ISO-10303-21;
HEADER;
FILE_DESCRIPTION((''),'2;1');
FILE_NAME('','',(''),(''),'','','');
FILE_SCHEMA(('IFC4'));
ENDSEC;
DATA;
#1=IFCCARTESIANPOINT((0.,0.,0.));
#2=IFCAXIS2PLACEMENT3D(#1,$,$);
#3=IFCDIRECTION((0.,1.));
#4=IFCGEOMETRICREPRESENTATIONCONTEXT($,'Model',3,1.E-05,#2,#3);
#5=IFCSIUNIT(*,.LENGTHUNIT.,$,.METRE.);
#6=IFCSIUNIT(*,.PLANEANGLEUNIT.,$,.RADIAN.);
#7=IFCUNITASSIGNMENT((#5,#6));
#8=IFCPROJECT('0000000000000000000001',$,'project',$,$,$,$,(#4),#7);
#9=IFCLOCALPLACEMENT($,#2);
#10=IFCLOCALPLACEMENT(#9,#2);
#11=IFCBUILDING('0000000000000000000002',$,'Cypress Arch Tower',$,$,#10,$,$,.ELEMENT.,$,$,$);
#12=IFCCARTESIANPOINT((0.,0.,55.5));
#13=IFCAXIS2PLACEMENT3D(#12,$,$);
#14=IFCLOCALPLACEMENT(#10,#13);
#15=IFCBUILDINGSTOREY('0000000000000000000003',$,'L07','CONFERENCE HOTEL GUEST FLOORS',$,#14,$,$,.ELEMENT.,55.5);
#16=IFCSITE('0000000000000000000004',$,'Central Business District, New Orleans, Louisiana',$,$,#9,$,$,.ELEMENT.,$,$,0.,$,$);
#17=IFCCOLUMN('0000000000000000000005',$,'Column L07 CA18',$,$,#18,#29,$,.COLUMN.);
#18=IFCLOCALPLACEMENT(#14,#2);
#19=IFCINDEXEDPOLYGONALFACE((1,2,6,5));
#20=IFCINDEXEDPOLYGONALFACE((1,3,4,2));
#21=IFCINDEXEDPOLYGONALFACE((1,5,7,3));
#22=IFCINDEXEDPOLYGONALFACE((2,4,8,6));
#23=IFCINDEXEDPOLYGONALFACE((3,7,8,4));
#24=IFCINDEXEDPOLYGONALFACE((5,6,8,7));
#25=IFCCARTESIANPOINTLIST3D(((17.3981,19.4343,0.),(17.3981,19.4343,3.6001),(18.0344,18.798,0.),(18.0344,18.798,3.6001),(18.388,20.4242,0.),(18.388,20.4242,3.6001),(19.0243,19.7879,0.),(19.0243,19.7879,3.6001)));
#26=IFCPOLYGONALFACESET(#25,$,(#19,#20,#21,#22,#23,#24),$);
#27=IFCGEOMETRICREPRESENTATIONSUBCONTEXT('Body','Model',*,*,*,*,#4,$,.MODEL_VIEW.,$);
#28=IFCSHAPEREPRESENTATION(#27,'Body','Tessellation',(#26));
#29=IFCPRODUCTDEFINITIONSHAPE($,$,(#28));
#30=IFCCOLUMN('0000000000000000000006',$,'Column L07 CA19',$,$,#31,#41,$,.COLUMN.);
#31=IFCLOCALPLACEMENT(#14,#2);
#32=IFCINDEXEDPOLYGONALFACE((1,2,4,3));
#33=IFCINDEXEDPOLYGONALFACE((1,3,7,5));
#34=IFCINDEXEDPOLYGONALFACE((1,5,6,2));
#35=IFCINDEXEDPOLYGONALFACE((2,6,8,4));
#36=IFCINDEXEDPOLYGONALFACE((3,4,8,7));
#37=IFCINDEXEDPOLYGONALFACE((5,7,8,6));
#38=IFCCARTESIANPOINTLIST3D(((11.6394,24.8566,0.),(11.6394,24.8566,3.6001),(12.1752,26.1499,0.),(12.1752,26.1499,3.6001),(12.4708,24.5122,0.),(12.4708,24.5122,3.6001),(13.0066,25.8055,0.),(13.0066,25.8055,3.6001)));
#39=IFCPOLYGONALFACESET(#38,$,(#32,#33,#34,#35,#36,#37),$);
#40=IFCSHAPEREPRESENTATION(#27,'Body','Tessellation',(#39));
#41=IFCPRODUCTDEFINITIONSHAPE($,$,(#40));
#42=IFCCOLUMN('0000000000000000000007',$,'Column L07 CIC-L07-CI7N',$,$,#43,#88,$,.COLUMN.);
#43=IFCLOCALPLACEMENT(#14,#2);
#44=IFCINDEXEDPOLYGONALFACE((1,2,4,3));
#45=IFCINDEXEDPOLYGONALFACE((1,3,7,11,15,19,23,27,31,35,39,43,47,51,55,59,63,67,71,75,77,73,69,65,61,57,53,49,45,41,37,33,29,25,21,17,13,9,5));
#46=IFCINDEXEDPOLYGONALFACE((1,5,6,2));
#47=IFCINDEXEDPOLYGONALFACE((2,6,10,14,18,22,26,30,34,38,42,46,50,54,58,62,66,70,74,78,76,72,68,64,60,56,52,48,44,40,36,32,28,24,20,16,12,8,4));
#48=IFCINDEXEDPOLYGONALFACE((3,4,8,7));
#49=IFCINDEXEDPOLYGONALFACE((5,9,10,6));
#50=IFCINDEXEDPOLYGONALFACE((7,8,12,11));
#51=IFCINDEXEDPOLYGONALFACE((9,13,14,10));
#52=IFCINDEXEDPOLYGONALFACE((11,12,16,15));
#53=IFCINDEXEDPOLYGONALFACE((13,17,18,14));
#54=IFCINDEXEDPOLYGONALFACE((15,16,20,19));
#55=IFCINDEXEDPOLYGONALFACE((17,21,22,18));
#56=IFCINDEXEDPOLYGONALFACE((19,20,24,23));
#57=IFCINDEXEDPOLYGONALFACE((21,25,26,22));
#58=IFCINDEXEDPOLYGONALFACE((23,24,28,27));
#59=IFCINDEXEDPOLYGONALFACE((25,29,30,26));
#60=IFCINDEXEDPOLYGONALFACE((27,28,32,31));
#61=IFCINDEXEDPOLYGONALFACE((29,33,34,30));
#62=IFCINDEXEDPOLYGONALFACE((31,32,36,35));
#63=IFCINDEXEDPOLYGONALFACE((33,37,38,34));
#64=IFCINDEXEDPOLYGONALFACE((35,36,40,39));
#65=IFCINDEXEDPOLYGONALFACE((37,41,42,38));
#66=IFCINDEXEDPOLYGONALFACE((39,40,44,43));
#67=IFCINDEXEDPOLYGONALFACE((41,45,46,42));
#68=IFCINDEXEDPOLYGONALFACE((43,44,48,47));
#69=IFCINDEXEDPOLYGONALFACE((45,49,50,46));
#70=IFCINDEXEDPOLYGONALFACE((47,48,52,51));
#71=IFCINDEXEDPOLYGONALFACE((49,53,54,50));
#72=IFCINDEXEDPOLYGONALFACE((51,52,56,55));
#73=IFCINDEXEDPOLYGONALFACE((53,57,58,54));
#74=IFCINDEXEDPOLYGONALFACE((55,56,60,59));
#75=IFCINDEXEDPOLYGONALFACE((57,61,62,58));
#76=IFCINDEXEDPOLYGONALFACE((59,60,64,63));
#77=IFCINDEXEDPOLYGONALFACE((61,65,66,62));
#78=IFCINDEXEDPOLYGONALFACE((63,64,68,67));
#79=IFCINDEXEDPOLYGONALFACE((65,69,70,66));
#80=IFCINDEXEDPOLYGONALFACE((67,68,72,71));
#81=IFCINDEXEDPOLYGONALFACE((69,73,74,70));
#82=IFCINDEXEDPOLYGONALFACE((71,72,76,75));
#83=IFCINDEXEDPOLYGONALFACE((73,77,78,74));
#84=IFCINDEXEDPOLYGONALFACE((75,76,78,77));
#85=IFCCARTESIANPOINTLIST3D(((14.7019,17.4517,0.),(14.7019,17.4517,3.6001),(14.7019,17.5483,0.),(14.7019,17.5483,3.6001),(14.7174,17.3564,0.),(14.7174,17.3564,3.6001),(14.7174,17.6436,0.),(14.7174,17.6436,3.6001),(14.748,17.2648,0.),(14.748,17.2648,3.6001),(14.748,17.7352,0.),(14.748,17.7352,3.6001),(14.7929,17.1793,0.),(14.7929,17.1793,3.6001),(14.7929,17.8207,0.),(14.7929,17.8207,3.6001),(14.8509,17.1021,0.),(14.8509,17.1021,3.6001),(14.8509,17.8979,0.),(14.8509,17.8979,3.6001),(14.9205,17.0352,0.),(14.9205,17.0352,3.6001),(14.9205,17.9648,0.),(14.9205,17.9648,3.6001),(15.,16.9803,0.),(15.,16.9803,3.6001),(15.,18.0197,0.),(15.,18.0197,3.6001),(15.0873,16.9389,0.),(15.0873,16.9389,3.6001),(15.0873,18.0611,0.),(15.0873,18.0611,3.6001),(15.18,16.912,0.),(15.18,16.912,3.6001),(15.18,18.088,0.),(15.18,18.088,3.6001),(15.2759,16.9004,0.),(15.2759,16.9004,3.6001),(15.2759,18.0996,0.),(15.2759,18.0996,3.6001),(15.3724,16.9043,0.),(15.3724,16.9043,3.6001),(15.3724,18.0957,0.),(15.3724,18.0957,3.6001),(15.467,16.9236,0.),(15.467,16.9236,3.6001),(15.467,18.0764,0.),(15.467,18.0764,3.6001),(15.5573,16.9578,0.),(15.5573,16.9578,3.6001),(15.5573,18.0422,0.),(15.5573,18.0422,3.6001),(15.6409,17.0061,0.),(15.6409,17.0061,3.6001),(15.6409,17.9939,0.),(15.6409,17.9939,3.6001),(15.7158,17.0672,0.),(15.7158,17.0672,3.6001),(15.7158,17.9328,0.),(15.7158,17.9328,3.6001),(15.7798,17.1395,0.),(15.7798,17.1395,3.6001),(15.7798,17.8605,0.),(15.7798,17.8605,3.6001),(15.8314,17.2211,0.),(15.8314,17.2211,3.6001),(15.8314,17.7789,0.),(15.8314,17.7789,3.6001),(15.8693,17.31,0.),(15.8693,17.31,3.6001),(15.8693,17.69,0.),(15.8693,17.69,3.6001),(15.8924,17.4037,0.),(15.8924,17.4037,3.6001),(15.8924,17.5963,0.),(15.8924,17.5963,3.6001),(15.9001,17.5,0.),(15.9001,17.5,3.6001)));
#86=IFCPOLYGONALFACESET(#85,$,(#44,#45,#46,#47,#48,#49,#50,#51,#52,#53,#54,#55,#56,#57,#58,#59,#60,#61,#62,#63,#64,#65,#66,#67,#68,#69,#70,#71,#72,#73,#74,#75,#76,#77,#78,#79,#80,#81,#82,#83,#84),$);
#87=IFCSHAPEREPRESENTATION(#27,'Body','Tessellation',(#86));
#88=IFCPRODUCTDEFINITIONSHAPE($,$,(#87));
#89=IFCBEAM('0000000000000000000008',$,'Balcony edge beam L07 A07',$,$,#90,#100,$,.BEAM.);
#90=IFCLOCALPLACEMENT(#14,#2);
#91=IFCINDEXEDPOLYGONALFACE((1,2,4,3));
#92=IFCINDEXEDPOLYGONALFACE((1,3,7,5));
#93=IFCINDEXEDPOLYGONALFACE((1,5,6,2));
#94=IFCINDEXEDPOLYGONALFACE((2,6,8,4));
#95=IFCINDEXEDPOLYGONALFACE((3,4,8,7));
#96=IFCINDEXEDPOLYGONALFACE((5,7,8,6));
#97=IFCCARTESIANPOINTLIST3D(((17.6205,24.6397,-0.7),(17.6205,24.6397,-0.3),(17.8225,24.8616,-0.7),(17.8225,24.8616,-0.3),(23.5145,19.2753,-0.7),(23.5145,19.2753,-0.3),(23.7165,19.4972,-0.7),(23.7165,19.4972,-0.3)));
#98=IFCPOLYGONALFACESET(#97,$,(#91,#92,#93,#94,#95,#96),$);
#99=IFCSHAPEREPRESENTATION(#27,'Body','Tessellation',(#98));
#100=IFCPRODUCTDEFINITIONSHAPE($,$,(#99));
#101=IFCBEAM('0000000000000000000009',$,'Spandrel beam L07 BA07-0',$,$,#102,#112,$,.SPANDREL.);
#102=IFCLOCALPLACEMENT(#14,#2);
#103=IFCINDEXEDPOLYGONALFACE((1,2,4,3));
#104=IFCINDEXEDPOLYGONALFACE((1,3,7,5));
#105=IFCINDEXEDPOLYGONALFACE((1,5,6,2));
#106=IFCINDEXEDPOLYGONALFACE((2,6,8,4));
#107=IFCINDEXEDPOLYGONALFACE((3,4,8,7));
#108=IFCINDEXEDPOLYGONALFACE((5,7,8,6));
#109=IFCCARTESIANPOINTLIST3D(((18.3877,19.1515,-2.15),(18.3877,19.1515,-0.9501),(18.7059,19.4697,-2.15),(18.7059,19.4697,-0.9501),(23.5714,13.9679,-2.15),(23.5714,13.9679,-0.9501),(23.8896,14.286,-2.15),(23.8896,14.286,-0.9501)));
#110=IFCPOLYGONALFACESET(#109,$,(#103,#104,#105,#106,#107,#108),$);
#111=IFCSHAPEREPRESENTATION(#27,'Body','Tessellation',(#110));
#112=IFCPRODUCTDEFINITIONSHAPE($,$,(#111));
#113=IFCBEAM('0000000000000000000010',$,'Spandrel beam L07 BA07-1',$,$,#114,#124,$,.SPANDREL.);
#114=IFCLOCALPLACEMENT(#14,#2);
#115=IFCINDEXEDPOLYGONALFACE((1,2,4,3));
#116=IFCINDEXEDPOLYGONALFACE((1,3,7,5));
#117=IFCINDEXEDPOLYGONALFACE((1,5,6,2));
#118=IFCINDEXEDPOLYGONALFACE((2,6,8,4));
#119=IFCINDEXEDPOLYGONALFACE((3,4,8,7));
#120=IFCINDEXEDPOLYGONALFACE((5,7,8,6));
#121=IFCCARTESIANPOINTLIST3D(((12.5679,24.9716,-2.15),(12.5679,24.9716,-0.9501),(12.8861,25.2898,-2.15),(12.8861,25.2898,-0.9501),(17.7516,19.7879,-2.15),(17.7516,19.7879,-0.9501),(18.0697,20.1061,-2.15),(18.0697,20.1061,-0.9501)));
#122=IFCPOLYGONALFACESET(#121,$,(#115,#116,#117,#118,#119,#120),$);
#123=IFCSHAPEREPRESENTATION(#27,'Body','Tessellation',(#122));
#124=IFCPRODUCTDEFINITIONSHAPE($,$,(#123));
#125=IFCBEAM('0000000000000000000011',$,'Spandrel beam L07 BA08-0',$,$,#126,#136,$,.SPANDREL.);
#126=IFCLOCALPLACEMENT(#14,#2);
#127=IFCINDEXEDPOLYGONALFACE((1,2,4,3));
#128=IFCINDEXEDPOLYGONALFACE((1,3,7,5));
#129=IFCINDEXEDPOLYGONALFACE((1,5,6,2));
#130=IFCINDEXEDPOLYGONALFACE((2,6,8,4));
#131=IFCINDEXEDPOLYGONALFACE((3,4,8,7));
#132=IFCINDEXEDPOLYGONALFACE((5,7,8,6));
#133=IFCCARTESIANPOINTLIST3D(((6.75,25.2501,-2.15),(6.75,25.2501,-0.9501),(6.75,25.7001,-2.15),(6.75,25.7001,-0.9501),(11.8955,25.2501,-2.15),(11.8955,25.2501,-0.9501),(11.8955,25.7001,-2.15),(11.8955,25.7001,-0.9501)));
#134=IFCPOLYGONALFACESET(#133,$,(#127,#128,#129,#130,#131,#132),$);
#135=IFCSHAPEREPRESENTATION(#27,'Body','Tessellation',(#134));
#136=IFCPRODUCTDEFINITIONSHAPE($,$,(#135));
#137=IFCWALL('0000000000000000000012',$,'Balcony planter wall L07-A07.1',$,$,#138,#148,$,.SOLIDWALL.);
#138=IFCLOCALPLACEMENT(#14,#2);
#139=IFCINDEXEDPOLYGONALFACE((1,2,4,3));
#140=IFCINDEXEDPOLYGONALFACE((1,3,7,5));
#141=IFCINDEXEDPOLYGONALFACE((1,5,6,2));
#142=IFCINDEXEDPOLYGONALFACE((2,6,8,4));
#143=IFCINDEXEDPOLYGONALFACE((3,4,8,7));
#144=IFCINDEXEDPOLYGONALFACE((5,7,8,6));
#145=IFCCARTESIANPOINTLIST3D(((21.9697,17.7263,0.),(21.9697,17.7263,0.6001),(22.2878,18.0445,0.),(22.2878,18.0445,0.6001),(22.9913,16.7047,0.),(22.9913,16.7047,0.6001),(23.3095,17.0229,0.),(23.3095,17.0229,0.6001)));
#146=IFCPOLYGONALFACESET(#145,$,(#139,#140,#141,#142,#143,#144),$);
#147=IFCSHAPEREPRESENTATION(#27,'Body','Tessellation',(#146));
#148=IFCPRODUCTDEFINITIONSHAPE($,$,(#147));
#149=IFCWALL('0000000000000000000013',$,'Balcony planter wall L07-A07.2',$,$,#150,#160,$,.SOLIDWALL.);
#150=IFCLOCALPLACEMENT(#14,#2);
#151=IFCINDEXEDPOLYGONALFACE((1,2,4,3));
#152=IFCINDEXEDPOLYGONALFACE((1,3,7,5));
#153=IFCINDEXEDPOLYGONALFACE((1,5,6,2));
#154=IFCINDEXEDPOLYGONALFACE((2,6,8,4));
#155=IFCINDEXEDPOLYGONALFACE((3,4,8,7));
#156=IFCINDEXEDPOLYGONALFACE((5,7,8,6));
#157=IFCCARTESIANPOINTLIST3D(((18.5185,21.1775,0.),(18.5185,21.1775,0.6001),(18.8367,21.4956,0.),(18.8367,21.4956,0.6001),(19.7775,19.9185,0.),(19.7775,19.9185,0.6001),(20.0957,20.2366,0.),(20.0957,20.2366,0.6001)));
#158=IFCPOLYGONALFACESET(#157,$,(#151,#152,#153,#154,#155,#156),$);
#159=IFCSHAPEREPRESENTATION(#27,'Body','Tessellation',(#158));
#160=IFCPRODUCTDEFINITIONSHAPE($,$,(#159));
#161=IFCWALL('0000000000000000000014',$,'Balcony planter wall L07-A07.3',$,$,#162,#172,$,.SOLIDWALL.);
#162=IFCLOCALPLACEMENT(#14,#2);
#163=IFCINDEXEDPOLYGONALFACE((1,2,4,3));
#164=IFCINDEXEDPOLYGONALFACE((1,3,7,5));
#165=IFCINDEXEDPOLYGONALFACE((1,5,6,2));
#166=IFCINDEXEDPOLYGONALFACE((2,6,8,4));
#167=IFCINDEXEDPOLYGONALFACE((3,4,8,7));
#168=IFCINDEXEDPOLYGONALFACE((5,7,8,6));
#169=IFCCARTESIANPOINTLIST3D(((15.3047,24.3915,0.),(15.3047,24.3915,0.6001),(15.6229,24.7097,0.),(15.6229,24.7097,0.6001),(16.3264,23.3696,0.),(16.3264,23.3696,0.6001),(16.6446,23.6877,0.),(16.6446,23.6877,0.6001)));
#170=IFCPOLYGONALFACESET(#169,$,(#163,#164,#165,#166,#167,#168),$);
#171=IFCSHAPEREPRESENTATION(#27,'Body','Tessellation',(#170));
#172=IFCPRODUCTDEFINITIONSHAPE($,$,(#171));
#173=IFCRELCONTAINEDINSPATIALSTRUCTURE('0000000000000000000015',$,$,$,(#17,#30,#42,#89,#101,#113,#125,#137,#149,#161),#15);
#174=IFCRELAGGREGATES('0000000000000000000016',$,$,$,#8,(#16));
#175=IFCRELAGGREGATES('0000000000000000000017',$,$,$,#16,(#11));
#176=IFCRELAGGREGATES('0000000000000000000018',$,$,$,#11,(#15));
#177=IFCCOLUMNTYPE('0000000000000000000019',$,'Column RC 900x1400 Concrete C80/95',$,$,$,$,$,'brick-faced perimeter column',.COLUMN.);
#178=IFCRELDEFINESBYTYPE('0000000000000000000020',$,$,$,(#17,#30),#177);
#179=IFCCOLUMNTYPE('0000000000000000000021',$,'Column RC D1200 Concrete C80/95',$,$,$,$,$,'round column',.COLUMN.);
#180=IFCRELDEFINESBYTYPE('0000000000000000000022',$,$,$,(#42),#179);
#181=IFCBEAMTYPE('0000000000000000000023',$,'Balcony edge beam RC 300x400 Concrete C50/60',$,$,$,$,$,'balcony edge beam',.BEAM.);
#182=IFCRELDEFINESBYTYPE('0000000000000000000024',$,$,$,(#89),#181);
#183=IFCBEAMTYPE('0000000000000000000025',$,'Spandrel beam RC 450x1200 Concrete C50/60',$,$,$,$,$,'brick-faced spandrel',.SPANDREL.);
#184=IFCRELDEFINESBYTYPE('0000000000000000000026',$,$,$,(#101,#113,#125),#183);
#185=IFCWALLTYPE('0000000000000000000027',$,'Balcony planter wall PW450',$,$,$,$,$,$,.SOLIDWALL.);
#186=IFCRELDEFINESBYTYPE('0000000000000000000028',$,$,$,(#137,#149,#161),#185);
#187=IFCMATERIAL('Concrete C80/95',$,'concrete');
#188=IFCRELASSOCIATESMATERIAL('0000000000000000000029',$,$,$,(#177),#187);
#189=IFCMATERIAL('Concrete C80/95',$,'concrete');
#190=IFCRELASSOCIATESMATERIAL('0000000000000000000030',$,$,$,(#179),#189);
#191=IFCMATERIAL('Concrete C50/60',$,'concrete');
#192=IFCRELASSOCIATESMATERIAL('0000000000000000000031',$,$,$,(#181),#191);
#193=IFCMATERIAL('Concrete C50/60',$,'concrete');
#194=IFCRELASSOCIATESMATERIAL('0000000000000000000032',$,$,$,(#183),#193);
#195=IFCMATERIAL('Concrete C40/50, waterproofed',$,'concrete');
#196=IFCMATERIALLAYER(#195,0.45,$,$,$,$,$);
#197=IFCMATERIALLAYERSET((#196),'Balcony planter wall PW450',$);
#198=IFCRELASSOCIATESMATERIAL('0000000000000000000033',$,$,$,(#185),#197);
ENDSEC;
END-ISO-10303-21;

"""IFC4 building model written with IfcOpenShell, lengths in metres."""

from ifc_helpers import new_model, si_unit, direction, frame, frame_2d, origin, origin_2d, place, context, subcontext, project, spatial, rectangle, circle, extrude, material, layer, layer_set, material_profile, profile_set, type_object, element, save


model = new_model("IFC4")

# Units and contexts
model_context = context("Model", 3, precision=1e-05, world=origin(), true_north=direction((0.0, 1.0)))
body_context = subcontext(model_context, "Body", "Model", "MODEL_VIEW")
ifc_project = project(units=[si_unit("LENGTHUNIT", "METRE"), si_unit("PLANEANGLEUNIT", "RADIAN")], contexts=[model_context])

# Site, building, storey
site_placement = place(None, origin())
site = spatial("IfcSite", under=ifc_project, at=site_placement, Name="Central Business District, New Orleans, Louisiana", CompositionType="ELEMENT", RefElevation=0.0)
building_placement = place(site_placement, origin())
building = spatial("IfcBuilding", under=site, at=building_placement, Name="Cypress Arch Tower", CompositionType="ELEMENT")
storey_placement = place(building_placement, frame((0.0, 0.0, 55.5)))
storey = spatial("IfcBuildingStorey", under=building, at=storey_placement, Name="L07", Description="CONFERENCE HOTEL GUEST FLOORS", CompositionType="ELEMENT", Elevation=55.5)

# Columns
ifc_material_1 = material(Name="Concrete C80/95", Category="concrete")
ifc_material_profile_1 = material_profile(ifc_material_1, rectangle(XDim=0.8999, YDim=1.3999, at=origin_2d()), Name="RC 900x1400")
ifc_profile_set_1 = profile_set([ifc_material_profile_1], Name="Concrete C80/95")
column_type_1 = type_object("IfcColumnType", Name="Column RC 900x1400 Concrete C80/95", ElementType="brick-faced perimeter column", PredefinedType="COLUMN", material=ifc_profile_set_1)
for number, where, z_axis, x_axis, name in (
    (1, (18.2112, 19.6111, 0.0), (0.0, 0.0, 1.0), (-0.707107, 0.707107, 0.0), "Column L07 CA18"),
    (2, (12.323, 25.3311, 0.0), (0.0, 0.0, 1.0), (-0.92388, 0.382683, 0.0), "Column L07 CA19"),
):
    element("IfcColumn", number, at=place(storey_placement, frame(where, z_axis=z_axis, x_axis=x_axis)), inside=storey, type_object=column_type_1, Name=name, PredefinedType="COLUMN", context=body_context, shape_type="SweptSolid", body=[
        extrude(rectangle(XDim=0.8999, YDim=1.3999, at=origin_2d()), origin(), (0.0, 0.0, 1.0), 3.6001),
    ])
ifc_material_2 = material(Name="Concrete C80/95", Category="concrete")
ifc_material_profile_2 = material_profile(ifc_material_2, circle(Radius=0.6001, at=origin_2d()), Name="RC D1200")
ifc_profile_set_2 = profile_set([ifc_material_profile_2], Name="Concrete C80/95")
column_type_2 = type_object("IfcColumnType", Name="Column RC D1200 Concrete C80/95", ElementType="round column", PredefinedType="COLUMN", material=ifc_profile_set_2)
column_placement = place(storey_placement, frame((15.3, 17.5, 0.0), z_axis=(0.0, 0.0, 1.0), x_axis=(1.0, 0.0, 0.0)))
element("IfcColumn", 3, at=column_placement, inside=storey, type_object=column_type_2, Name="Column L07 CIC-L07-CI7N", PredefinedType="COLUMN", context=body_context, shape_type="SweptSolid", body=[
    extrude(circle(Radius=0.6001, at=origin_2d()), origin(), (0.0, 0.0, 1.0), 3.6001),
])

# Beams
ifc_material_3 = material(Name="Concrete C50/60", Category="concrete")
ifc_material_profile_3 = material_profile(ifc_material_3, rectangle(XDim=0.3, YDim=0.3999, at=origin_2d()), Name="RC 300x400")
ifc_profile_set_3 = profile_set([ifc_material_profile_3], Name="Concrete C50/60")
beam_type_1 = type_object("IfcBeamType", Name="Balcony edge beam RC 300x400 Concrete C50/60", ElementType="balcony edge beam", PredefinedType="BEAM", material=ifc_profile_set_3)
beam_1_placement = place(storey_placement, frame((23.6155, 19.3862, -0.5), z_axis=(-0.739548, 0.673104, 0.0), x_axis=(-0.673104, -0.739548, 0.0)))
element("IfcBeam", 4, at=beam_1_placement, inside=storey, type_object=beam_type_1, Name="Balcony edge beam L07 A07", PredefinedType="BEAM", context=body_context, shape_type="SweptSolid", body=[
    extrude(rectangle(XDim=0.3, YDim=0.3999, at=origin_2d()), origin(), (0.0, 0.0, 1.0), 7.9697),
])
ifc_material_4 = material(Name="Concrete C50/60", Category="concrete")
ifc_material_profile_4 = material_profile(ifc_material_4, rectangle(XDim=0.45, YDim=1.2, at=origin_2d()), Name="RC 450x1200")
ifc_profile_set_4 = profile_set([ifc_material_profile_4], Name="Concrete C50/60")
beam_type_2 = type_object("IfcBeamType", Name="Spandrel beam RC 450x1200 Concrete C50/60", ElementType="brick-faced spandrel", PredefinedType="SPANDREL", material=ifc_profile_set_4)
for number, where, z_axis, x_axis, name in (
    (5, (23.7305, 14.127, -1.55), (-0.707107, 0.707107, 0.0), (-0.707107, -0.707107, 0.0), "Spandrel beam L07 BA07-0"),
    (6, (17.9106, 19.947, -1.55), (-0.707107, 0.707107, 0.0), (-0.707107, -0.707107, 0.0), "Spandrel beam L07 BA07-1"),
):
    element("IfcBeam", number, at=place(storey_placement, frame(where, z_axis=z_axis, x_axis=x_axis)), inside=storey, type_object=beam_type_2, Name=name, PredefinedType="SPANDREL", context=body_context, shape_type="SweptSolid", body=[
        extrude(rectangle(XDim=0.45, YDim=1.2, at=origin_2d()), origin(), (0.0, 0.0, 1.0), 7.3308),
    ])
beam_2_placement = place(storey_placement, frame((11.8955, 25.4751, -1.55), z_axis=(-1.0, 0.0, 0.0), x_axis=(0.0, -1.0, 0.0)))
element("IfcBeam", 7, at=beam_2_placement, inside=storey, type_object=beam_type_2, Name="Spandrel beam L07 BA08-0", PredefinedType="SPANDREL", context=body_context, shape_type="SweptSolid", body=[
    extrude(rectangle(XDim=0.45, YDim=1.2, at=origin_2d()), origin(), (0.0, 0.0, 1.0), 5.1455),
])

# Walls
ifc_material_5 = material(Name="Concrete C40/50, waterproofed", Category="concrete")
ifc_layer_1 = layer(ifc_material_5, 0.45)
ifc_layer_set_1 = layer_set([ifc_layer_1], Name="Balcony planter wall PW450")
wall_type_1 = type_object("IfcWallType", Name="Balcony planter wall PW450", PredefinedType="SOLIDWALL", material=ifc_layer_set_1)
wall_1_placement = place(storey_placement, frame((23.1504, 16.8638, 0.0), z_axis=(0.0, 0.0, 1.0), x_axis=(-0.707107, 0.707107, 0.0)))
element("IfcWall", 8, at=wall_1_placement, inside=storey, type_object=wall_type_1, Name="Balcony planter wall L07-A07.1", PredefinedType="SOLIDWALL", context=body_context, shape_type="SweptSolid", body=[
    extrude(rectangle(XDim=1.4448, YDim=0.45, at=frame_2d((0.7224, 0.0))), origin(), (0.0, 0.0, 1.0), 0.6001),
])
wall_2_placement = place(storey_placement, frame((19.9365, 20.0776, 0.0), z_axis=(0.0, 0.0, 1.0), x_axis=(-0.707107, 0.707107, 0.0)))
element("IfcWall", 9, at=wall_2_placement, inside=storey, type_object=wall_type_1, Name="Balcony planter wall L07-A07.2", PredefinedType="SOLIDWALL", context=body_context, shape_type="SweptSolid", body=[
    extrude(rectangle(XDim=1.7805, YDim=0.45, at=frame_2d((0.8901, 0.0))), origin(), (0.0, 0.0, 1.0), 0.6001),
])
wall_3_placement = place(storey_placement, frame((16.4856, 23.5286, 0.0), z_axis=(0.0, 0.0, 1.0), x_axis=(-0.707022, 0.707191, 0.0)))
element("IfcWall", 10, at=wall_3_placement, inside=storey, type_object=wall_type_1, Name="Balcony planter wall L07-A07.3", PredefinedType="SOLIDWALL", context=body_context, shape_type="SweptSolid", body=[
    extrude(rectangle(XDim=1.4451, YDim=0.45, at=frame_2d((0.7227, 0.0))), origin(), (0.0, 0.0, 1.0), 0.6001),
])

save(model, "model.ifc")
